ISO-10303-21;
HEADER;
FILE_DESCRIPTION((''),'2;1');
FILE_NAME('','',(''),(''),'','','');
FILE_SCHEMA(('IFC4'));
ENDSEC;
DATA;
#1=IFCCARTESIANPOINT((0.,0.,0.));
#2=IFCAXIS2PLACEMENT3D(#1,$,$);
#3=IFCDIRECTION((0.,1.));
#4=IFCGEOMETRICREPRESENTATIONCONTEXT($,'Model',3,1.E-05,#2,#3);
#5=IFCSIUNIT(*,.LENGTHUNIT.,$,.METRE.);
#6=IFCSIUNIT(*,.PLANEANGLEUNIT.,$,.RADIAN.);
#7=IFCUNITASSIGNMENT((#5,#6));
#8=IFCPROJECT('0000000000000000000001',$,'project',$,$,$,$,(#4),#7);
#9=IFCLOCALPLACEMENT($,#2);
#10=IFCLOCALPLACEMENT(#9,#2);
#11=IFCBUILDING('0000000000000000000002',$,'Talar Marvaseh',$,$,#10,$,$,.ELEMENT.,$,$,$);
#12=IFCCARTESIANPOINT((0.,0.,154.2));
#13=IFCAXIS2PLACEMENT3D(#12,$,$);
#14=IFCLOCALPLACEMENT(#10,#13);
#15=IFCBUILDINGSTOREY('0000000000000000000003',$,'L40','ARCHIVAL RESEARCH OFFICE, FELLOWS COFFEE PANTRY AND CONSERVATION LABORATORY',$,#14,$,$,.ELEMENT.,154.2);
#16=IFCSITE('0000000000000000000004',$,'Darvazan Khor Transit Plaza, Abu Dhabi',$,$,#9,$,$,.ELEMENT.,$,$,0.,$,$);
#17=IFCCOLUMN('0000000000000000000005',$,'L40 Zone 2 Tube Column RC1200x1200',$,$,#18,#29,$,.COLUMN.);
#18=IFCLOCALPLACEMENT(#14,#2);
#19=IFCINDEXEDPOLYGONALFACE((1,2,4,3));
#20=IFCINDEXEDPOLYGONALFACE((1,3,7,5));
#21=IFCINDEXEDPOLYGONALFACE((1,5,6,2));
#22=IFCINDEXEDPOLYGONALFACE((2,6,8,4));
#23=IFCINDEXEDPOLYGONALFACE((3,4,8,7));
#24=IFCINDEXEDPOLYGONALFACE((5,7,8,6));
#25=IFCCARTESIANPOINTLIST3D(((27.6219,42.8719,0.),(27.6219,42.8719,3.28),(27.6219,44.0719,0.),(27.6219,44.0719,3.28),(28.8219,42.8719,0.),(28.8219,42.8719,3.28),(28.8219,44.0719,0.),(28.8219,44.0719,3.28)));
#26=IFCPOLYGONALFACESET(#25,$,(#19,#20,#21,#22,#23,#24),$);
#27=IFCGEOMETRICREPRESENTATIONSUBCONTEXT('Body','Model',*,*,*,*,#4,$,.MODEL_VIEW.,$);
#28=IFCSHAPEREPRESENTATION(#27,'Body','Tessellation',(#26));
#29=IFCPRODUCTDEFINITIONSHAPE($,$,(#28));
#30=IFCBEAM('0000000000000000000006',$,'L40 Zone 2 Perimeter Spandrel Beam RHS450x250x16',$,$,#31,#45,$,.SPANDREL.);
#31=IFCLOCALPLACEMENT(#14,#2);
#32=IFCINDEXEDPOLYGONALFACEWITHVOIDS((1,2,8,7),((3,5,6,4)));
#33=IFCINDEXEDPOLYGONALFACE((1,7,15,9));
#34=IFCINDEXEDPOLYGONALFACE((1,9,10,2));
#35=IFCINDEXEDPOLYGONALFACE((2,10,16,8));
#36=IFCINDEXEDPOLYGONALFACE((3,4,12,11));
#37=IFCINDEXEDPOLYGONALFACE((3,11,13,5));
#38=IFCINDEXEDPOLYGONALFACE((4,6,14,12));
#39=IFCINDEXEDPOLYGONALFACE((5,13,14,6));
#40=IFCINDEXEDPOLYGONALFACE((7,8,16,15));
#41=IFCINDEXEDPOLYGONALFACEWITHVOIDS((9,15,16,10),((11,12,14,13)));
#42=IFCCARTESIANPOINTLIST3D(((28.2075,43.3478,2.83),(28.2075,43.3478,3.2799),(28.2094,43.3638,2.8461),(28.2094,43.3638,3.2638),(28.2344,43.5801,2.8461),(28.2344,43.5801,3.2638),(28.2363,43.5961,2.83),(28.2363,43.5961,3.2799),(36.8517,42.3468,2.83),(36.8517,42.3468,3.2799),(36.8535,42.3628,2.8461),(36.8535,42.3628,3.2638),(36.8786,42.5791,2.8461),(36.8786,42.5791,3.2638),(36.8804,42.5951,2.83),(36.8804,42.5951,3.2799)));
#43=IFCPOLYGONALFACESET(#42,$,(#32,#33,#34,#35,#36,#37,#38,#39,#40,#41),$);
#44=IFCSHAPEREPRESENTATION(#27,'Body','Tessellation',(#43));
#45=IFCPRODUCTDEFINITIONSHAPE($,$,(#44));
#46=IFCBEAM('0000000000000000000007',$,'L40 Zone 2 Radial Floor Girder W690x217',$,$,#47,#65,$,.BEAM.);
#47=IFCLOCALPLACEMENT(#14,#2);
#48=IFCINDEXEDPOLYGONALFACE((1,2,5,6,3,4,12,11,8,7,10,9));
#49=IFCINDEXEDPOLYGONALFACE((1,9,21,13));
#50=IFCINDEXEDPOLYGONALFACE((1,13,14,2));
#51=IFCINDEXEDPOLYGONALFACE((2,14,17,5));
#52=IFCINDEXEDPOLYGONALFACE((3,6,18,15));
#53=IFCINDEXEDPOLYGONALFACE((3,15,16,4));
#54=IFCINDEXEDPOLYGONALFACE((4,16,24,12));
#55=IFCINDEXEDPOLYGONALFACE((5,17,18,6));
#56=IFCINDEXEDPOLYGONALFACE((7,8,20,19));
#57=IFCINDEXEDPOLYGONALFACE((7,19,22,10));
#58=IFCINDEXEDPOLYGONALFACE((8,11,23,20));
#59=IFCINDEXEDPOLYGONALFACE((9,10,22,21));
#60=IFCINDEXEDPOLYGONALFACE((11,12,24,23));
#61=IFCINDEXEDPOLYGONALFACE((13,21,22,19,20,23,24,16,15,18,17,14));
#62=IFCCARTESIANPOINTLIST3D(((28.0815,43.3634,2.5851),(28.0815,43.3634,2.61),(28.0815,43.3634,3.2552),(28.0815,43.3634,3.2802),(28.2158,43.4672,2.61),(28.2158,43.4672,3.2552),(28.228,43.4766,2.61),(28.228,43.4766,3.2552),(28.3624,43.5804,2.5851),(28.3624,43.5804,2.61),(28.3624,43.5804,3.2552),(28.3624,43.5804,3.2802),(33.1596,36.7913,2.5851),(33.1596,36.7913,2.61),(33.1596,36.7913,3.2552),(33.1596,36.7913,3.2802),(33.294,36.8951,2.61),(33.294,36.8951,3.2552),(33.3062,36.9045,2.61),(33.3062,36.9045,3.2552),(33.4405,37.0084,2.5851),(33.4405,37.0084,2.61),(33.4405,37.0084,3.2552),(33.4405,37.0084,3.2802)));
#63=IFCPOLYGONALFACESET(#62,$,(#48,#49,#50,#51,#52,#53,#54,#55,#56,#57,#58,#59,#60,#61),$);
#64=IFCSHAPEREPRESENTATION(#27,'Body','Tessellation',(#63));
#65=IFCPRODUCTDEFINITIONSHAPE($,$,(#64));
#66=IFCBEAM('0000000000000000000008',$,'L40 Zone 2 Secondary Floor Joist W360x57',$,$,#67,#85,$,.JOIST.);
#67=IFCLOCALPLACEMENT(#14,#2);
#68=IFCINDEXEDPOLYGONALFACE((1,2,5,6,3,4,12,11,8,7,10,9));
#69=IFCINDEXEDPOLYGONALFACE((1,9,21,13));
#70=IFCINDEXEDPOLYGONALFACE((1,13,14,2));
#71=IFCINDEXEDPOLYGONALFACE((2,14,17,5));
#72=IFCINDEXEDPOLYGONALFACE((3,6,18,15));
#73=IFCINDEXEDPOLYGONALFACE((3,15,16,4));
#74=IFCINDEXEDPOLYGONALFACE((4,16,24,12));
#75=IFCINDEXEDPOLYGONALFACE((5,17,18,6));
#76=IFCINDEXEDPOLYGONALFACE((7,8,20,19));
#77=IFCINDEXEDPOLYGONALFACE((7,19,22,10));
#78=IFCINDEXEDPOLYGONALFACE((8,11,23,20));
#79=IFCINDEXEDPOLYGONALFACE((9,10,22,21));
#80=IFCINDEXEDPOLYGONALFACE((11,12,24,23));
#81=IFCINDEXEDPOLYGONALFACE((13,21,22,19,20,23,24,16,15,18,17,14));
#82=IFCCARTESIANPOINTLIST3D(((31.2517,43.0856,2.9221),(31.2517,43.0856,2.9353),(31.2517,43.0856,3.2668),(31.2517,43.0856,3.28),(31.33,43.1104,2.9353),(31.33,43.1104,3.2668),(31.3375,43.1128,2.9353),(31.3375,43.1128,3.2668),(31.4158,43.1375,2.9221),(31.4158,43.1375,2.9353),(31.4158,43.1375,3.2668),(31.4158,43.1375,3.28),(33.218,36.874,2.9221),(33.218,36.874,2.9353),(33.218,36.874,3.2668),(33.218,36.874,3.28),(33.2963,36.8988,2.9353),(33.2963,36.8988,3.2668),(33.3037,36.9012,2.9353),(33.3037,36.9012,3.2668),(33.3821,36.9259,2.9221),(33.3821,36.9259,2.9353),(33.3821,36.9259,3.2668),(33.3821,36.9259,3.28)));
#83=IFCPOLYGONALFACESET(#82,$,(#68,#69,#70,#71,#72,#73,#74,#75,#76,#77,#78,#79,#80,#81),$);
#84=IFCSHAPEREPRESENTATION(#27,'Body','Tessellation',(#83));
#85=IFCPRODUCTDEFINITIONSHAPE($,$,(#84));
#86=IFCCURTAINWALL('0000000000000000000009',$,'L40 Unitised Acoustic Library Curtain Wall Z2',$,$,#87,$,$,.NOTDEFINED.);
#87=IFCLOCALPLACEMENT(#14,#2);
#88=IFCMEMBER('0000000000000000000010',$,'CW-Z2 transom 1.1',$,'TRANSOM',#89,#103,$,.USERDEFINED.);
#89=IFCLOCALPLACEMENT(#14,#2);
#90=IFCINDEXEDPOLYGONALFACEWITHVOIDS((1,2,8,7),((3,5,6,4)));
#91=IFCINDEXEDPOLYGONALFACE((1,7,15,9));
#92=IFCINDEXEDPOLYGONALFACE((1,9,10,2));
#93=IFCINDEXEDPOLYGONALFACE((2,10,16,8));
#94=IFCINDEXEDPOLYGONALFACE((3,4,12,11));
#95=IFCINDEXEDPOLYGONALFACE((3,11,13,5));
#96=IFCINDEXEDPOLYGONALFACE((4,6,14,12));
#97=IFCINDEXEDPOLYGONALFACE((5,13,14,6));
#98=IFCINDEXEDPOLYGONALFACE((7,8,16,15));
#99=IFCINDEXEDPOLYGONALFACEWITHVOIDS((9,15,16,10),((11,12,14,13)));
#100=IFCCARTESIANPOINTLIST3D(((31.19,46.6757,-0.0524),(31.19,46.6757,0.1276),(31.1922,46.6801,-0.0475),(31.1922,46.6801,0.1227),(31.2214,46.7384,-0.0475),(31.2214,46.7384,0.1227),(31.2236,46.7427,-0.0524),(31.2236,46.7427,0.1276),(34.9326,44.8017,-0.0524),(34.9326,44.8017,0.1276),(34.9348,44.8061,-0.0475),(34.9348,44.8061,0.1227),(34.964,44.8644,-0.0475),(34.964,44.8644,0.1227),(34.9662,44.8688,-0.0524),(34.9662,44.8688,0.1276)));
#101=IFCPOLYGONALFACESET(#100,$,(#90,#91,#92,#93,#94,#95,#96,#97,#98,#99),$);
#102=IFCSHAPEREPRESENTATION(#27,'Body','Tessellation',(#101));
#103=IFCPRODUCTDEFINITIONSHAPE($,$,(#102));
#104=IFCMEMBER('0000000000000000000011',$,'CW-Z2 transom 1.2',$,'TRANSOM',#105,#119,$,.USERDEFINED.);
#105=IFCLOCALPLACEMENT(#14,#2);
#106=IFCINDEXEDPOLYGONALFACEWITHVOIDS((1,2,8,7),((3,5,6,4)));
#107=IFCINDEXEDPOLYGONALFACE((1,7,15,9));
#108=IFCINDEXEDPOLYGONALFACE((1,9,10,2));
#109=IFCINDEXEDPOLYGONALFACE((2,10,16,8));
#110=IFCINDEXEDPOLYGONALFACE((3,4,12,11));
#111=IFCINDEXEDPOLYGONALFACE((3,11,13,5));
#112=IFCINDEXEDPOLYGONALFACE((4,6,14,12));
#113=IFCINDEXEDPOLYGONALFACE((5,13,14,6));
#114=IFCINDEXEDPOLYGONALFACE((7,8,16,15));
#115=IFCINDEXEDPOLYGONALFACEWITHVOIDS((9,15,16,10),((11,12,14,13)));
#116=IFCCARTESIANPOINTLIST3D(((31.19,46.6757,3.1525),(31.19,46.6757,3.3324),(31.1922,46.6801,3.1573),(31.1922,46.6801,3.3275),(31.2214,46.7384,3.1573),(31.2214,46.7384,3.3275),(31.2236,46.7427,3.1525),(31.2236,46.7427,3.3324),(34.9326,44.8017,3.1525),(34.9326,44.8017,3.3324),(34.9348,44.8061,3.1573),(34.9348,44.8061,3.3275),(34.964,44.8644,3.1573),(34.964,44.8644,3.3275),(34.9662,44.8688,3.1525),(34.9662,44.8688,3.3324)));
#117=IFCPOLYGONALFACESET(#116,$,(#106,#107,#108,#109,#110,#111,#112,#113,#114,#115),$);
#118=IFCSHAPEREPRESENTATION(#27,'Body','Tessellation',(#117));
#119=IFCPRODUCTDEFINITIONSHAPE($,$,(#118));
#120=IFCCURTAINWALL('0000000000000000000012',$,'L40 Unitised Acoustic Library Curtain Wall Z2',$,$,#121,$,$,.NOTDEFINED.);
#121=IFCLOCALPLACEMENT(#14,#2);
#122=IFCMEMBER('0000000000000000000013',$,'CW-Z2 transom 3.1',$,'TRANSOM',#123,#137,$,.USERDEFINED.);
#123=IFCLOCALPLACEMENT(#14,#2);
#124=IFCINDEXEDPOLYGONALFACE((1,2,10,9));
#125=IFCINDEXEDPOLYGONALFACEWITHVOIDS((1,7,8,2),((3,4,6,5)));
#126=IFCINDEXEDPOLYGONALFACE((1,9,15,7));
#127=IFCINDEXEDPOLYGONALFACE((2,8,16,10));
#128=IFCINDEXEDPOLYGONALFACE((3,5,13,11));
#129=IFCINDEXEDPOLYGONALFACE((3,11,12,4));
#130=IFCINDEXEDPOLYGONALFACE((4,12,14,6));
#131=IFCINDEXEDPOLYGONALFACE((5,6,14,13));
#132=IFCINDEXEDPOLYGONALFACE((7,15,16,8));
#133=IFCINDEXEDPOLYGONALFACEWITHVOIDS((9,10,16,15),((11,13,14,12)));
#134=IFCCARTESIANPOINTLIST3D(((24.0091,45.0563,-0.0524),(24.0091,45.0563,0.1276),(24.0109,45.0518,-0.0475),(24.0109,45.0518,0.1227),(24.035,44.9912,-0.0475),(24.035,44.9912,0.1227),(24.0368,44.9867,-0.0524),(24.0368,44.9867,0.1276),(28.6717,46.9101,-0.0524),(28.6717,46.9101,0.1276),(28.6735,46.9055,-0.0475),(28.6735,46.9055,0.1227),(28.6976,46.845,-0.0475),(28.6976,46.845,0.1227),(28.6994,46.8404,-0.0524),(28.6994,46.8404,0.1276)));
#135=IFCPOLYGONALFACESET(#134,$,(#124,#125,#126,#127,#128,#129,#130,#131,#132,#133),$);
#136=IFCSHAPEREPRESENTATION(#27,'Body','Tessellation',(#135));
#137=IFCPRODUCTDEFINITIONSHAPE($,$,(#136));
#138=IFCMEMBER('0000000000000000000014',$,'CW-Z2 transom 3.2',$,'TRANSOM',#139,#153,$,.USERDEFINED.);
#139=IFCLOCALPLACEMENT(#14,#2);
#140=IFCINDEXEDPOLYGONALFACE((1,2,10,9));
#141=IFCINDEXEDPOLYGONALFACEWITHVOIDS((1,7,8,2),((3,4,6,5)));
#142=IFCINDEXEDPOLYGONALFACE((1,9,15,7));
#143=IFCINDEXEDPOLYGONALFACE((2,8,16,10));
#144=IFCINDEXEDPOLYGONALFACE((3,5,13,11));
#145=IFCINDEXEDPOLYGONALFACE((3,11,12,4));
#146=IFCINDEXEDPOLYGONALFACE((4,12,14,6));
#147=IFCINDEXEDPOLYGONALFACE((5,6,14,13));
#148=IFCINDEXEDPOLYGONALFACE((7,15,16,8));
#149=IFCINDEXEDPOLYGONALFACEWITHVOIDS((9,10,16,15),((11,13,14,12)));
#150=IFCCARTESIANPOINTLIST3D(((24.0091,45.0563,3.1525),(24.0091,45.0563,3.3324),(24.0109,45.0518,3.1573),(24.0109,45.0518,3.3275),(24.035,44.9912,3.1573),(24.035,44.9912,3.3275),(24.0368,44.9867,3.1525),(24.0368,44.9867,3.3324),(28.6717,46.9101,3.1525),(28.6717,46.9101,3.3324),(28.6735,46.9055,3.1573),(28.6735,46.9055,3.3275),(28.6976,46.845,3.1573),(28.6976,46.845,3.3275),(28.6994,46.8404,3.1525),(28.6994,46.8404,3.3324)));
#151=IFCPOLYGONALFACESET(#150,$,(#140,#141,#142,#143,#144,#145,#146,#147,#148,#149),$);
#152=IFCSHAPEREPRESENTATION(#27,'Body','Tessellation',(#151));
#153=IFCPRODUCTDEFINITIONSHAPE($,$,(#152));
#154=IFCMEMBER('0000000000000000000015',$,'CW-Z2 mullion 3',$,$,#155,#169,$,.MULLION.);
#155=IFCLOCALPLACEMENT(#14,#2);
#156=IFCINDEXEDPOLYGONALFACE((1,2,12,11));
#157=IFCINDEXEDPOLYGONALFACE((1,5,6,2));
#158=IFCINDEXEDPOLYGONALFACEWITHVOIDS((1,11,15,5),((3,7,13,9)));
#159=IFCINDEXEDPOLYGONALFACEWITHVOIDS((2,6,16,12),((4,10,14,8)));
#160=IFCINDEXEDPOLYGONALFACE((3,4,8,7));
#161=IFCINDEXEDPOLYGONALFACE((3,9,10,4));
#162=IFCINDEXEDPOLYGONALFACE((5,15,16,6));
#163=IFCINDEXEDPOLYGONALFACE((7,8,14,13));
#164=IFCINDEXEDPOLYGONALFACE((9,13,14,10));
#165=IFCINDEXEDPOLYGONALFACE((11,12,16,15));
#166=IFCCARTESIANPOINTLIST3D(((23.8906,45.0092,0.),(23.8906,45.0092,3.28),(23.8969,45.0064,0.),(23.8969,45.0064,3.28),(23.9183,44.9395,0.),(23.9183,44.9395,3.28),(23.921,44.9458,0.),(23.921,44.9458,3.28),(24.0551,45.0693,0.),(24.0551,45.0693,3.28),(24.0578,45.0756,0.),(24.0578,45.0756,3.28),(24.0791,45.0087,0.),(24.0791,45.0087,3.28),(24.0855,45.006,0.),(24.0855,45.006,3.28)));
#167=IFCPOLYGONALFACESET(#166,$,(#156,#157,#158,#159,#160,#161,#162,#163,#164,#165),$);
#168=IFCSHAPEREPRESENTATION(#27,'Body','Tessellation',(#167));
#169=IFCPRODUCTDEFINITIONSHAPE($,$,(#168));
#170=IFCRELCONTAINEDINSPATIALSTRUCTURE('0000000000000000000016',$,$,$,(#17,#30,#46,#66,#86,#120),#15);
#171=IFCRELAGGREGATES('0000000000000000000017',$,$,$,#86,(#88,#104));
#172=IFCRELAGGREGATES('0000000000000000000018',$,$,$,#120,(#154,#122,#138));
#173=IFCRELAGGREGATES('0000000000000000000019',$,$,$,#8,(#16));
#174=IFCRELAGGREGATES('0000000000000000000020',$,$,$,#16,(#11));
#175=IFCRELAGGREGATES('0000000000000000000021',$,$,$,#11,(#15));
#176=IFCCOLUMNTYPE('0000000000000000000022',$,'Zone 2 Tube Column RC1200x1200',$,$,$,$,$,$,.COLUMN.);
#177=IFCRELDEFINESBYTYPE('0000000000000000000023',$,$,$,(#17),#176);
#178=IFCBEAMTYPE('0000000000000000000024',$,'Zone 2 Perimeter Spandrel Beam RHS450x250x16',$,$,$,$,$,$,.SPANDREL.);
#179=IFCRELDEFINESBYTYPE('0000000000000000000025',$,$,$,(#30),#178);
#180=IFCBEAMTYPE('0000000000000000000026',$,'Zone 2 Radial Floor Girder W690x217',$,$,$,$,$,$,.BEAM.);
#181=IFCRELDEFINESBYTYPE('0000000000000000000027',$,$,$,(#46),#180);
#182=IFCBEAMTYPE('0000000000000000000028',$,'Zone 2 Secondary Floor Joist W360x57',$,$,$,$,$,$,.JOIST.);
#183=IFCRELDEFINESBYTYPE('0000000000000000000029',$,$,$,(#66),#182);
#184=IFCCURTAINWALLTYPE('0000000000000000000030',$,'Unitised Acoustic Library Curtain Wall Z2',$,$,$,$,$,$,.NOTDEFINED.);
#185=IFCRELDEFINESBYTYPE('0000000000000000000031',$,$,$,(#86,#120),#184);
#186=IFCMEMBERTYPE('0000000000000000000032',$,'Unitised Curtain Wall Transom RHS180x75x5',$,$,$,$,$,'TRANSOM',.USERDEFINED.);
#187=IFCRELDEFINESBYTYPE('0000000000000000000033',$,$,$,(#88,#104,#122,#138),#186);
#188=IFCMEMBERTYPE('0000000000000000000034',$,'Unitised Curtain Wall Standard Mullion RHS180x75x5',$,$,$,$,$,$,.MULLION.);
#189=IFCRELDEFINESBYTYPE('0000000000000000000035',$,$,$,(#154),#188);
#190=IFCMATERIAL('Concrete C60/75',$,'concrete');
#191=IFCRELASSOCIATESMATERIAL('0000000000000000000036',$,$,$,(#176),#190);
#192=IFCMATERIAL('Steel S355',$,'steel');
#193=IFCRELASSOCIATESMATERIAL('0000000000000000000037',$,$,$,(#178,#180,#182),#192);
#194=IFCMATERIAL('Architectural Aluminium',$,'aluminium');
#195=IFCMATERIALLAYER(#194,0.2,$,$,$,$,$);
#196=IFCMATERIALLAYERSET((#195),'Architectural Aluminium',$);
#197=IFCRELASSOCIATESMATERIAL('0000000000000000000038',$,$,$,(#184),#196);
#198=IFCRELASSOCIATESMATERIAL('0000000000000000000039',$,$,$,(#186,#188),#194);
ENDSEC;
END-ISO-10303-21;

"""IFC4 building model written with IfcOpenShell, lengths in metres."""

from ifc_helpers import new_model, si_unit, direction, frame, origin, origin_2d, place, context, subcontext, project, spatial, rectangle, hollow_rectangle, i_section, extrude, source, transform, mapped, material, layer, layer_set, material_profile, profile_set, type_object, type_shapes, element, aggregate, save


model = new_model("IFC4")

# Units and contexts
model_context = context("Model", 3, precision=1e-05, world=origin(), true_north=direction((0.0, 1.0)))
body_context = subcontext(model_context, "Body", "Model", "MODEL_VIEW")
ifc_project = project(units=[si_unit("LENGTHUNIT", "METRE"), si_unit("PLANEANGLEUNIT", "RADIAN")], contexts=[model_context])

# Site, building, storey
site_placement = place(None, origin())
site = spatial("IfcSite", under=ifc_project, at=site_placement, Name="Darvazan Khor Transit Plaza, Abu Dhabi", CompositionType="ELEMENT", RefElevation=0.0)
building_placement = place(site_placement, origin())
building = spatial("IfcBuilding", under=site, at=building_placement, Name="Talar Marvaseh", CompositionType="ELEMENT")
storey_placement = place(building_placement, frame((0.0, 0.0, 154.2)))
storey = spatial("IfcBuildingStorey", under=building, at=storey_placement, Name="L40", Description="ARCHIVAL RESEARCH OFFICE, FELLOWS COFFEE PANTRY AND CONSERVATION LABORATORY", CompositionType="ELEMENT", Elevation=154.2)

# Column
ifc_material_1 = material(Name="Concrete C60/75", Category="concrete")
ifc_material_profile_1 = material_profile(ifc_material_1, rectangle(XDim=1.2, YDim=1.2, at=origin_2d()), Name="RC1200x1200")
ifc_profile_set_1 = profile_set([ifc_material_profile_1], Name="Concrete C60/75")
column_type = type_object("IfcColumnType", Name="Zone 2 Tube Column RC1200x1200", PredefinedType="COLUMN", material=ifc_profile_set_1)
column_placement = place(storey_placement, frame((28.2219, 43.4719, 0.0), z_axis=(0.0, 0.0, 1.0), x_axis=(1.0, 0.0, 0.0)))
element("IfcColumn", 1, at=column_placement, inside=storey, type_object=column_type, Name="L40 Zone 2 Tube Column RC1200x1200", PredefinedType="COLUMN", context=body_context, shape_type="SweptSolid", body=[
    extrude(rectangle(XDim=1.2, YDim=1.2, at=origin_2d()), origin(), (0.0, 0.0, 1.0), 3.28),
])

# Beams
ifc_material_2 = material(Name="Steel S355", Category="steel")
ifc_material_profile_2 = material_profile(ifc_material_2, hollow_rectangle(XDim=0.25, YDim=0.45, WallThickness=0.0161, at=origin_2d()), Name="RHS450x250x16")
ifc_profile_set_2 = profile_set([ifc_material_profile_2], Name="Steel S355")
beam_type_1 = type_object("IfcBeamType", Name="Zone 2 Perimeter Spandrel Beam RHS450x250x16", PredefinedType="SPANDREL", material=ifc_profile_set_2)
beam_1_placement = place(storey_placement, frame((28.2219, 43.4719, 3.0549), z_axis=(0.993362, -0.115031, 0.0), x_axis=(0.115031, 0.993362, 0.0)))
element("IfcBeam", 2, at=beam_1_placement, inside=storey, type_object=beam_type_1, Name="L40 Zone 2 Perimeter Spandrel Beam RHS450x250x16", PredefinedType="SPANDREL", context=body_context, shape_type="SweptSolid", body=[
    extrude(hollow_rectangle(XDim=0.25, YDim=0.45, WallThickness=0.0161, at=origin_2d()), origin(), (0.0, 0.0, 1.0), 8.7019),
])
ifc_material_profile_3 = material_profile(ifc_material_2, i_section(OverallWidth=0.355, OverallDepth=0.6951, WebThickness=0.0154, FlangeThickness=0.0249, at=origin_2d()), Name="W690x217")
ifc_profile_set_3 = profile_set([ifc_material_profile_3], Name="Steel S355")
beam_type_2 = type_object("IfcBeamType", Name="Zone 2 Radial Floor Girder W690x217", PredefinedType="BEAM", material=ifc_profile_set_3)
beam_2_placement = place(storey_placement, frame((28.2219, 43.4719, 2.9326), z_axis=(0.611428, -0.7913, 0.0), x_axis=(0.7913, 0.611428, 0.0)))
element("IfcBeam", 3, at=beam_2_placement, inside=storey, type_object=beam_type_2, Name="L40 Zone 2 Radial Floor Girder W690x217", PredefinedType="BEAM", context=body_context, shape_type="SweptSolid", body=[
    extrude(i_section(OverallWidth=0.355, OverallDepth=0.6951, WebThickness=0.0154, FlangeThickness=0.0249, at=origin_2d()), origin(), (0.0, 0.0, 1.0), 8.3054),
])
ifc_material_profile_4 = material_profile(ifc_material_2, i_section(OverallWidth=0.1721, OverallDepth=0.3579, WebThickness=0.0078, FlangeThickness=0.0132, at=origin_2d()), Name="W360x57")
ifc_profile_set_4 = profile_set([ifc_material_profile_4], Name="Steel S355")
beam_type_3 = type_object("IfcBeamType", Name="Zone 2 Secondary Floor Joist W360x57", PredefinedType="JOIST", material=ifc_profile_set_4)
beam_3_placement = place(storey_placement, frame((31.3337, 43.1116, 3.1011), z_axis=(0.301791, -0.953374, 0.0), x_axis=(0.953374, 0.301791, 0.0)))
element("IfcBeam", 4, at=beam_3_placement, inside=storey, type_object=beam_type_3, Name="L40 Zone 2 Secondary Floor Joist W360x57", PredefinedType="JOIST", context=body_context, shape_type="SweptSolid", body=[
    extrude(i_section(OverallWidth=0.1721, OverallDepth=0.3579, WebThickness=0.0078, FlangeThickness=0.0132, at=origin_2d()), origin(), (0.0, 0.0, 1.0), 6.5154),
])

# Curtain walls, members
ifc_material_3 = material(Name="Architectural Aluminium", Category="aluminium")
ifc_layer_1 = layer(ifc_material_3, 0.2)
ifc_layer_set_1 = layer_set([ifc_layer_1], Name="Architectural Aluminium")
curtain_wall_type = type_object("IfcCurtainWallType", Name="Unitised Acoustic Library Curtain Wall Z2", PredefinedType="NOTDEFINED", material=ifc_layer_set_1)
curtain_wall_1_placement = place(storey_placement, origin())
curtain_wall_1 = element("IfcCurtainWall", 5, at=curtain_wall_1_placement, inside=storey, type_object=curtain_wall_type, Name="L40 Unitised Acoustic Library Curtain Wall Z2", PredefinedType="NOTDEFINED")
ifc_material_profile_5 = material_profile(ifc_material_3, hollow_rectangle(XDim=0.075, YDim=0.1799, WallThickness=0.0049, at=origin_2d()), Name="RHS180x75x5")
ifc_profile_set_5 = profile_set([ifc_material_profile_5], Name="Architectural Aluminium")
member_type_1 = type_object("IfcMemberType", Name="Unitised Curtain Wall Transom RHS180x75x5", ElementType="TRANSOM", PredefinedType="USERDEFINED", material=ifc_profile_set_5)
shared_shape_1 = source(origin(), body_context, "Body", "SweptSolid", [
    extrude(hollow_rectangle(XDim=0.075, YDim=0.1799, WallThickness=0.0049, at=origin_2d()), origin(), (0.0, 0.0, 1.0), 4.1855),
])
member_1_placement = place(storey_placement, frame((31.2068, 46.7092, 0.0376), z_axis=(0.89417, -0.447727, 0.0), x_axis=(0.447727, 0.89417, 0.0)))
member_1 = element("IfcMember", 6, at=member_1_placement, type_object=member_type_1, Name="CW-Z2 transom 1.1", ObjectType="TRANSOM", PredefinedType="USERDEFINED", context=body_context, shape_type="MappedRepresentation", body=[
    mapped(shared_shape_1, transform((0.0, 0.0, 0.0), x_axis=(1.0, 0.0, 0.0), y_axis=(0.0, 1.0, 0.0), z_axis=(0.0, 0.0, 1.0), scale=1.0)),
])
member_2_placement = place(storey_placement, frame((31.2068, 46.7092, 3.2424), z_axis=(0.89417, -0.447727, 0.0), x_axis=(0.447727, 0.89417, 0.0)))
member_2 = element("IfcMember", 7, at=member_2_placement, type_object=member_type_1, Name="CW-Z2 transom 1.2", ObjectType="TRANSOM", PredefinedType="USERDEFINED", context=body_context, shape_type="MappedRepresentation", body=[
    mapped(shared_shape_1, transform((0.0, 0.0, 0.0), x_axis=(1.0, 0.0, 0.0), y_axis=(0.0, 1.0, 0.0), z_axis=(0.0, 0.0, 1.0), scale=1.0)),
])
curtain_wall_2_placement = place(storey_placement, origin())
curtain_wall_2 = element("IfcCurtainWall", 8, at=curtain_wall_2_placement, inside=storey, type_object=curtain_wall_type, Name="L40 Unitised Acoustic Library Curtain Wall Z2", PredefinedType="NOTDEFINED")
shared_shape_2 = source(origin(), body_context, "Body", "SweptSolid", [
    extrude(hollow_rectangle(XDim=0.075, YDim=0.1799, WallThickness=0.0049, at=origin_2d()), origin(), (0.0, 0.0, 1.0), 5.0176),
])
type_shapes(member_type_1, [shared_shape_1, shared_shape_2])
member_3_placement = place(storey_placement, frame((24.0229, 45.0215, 0.0376), z_axis=(0.92925, 0.369452, 0.0), x_axis=(-0.369452, 0.92925, 0.0)))
member_3 = element("IfcMember", 9, at=member_3_placement, type_object=member_type_1, Name="CW-Z2 transom 3.1", ObjectType="TRANSOM", PredefinedType="USERDEFINED", context=body_context, shape_type="MappedRepresentation", body=[
    mapped(shared_shape_2, transform((0.0, 0.0, 0.0), x_axis=(1.0, 0.0, 0.0), y_axis=(0.0, 1.0, 0.0), z_axis=(0.0, 0.0, 1.0), scale=1.0)),
])
member_4_placement = place(storey_placement, frame((24.0229, 45.0215, 3.2424), z_axis=(0.92925, 0.369452, 0.0), x_axis=(-0.369452, 0.92925, 0.0)))
member_4 = element("IfcMember", 10, at=member_4_placement, type_object=member_type_1, Name="CW-Z2 transom 3.2", ObjectType="TRANSOM", PredefinedType="USERDEFINED", context=body_context, shape_type="MappedRepresentation", body=[
    mapped(shared_shape_2, transform((0.0, 0.0, 0.0), x_axis=(1.0, 0.0, 0.0), y_axis=(0.0, 1.0, 0.0), z_axis=(0.0, 0.0, 1.0), scale=1.0)),
])
ifc_material_profile_6 = material_profile(ifc_material_3, hollow_rectangle(XDim=0.075, YDim=0.1799, WallThickness=0.0049, at=origin_2d()), Name="RHS180x75x5")
ifc_profile_set_6 = profile_set([ifc_material_profile_6], Name="Architectural Aluminium")
member_type_2 = type_object("IfcMemberType", Name="Unitised Curtain Wall Standard Mullion RHS180x75x5", PredefinedType="MULLION", material=ifc_profile_set_6)
shared_shape_3 = source(origin(), body_context, "Body", "SweptSolid", [
    extrude(hollow_rectangle(XDim=0.075, YDim=0.1799, WallThickness=0.0049, at=origin_2d()), origin(), (0.0, 0.0, 1.0), 3.28),
])
type_shapes(member_type_2, [shared_shape_3])
member_5_placement = place(storey_placement, frame((23.988, 45.0076, 0.0), z_axis=(0.0, 0.0, 1.0), x_axis=(-0.369458, 0.929247, 0.0)))
member_5 = element("IfcMember", 11, at=member_5_placement, type_object=member_type_2, Name="CW-Z2 mullion 3", PredefinedType="MULLION", context=body_context, shape_type="MappedRepresentation", body=[
    mapped(shared_shape_3, transform((0.0, 0.0, 0.0), x_axis=(1.0, 0.0, 0.0), y_axis=(0.0, 1.0, 0.0), z_axis=(0.0, 0.0, 1.0), scale=1.0)),
])

aggregate(curtain_wall_1, [member_1, member_2])

aggregate(curtain_wall_2, [member_5, member_3, member_4])

save(model, "model.ifc")
